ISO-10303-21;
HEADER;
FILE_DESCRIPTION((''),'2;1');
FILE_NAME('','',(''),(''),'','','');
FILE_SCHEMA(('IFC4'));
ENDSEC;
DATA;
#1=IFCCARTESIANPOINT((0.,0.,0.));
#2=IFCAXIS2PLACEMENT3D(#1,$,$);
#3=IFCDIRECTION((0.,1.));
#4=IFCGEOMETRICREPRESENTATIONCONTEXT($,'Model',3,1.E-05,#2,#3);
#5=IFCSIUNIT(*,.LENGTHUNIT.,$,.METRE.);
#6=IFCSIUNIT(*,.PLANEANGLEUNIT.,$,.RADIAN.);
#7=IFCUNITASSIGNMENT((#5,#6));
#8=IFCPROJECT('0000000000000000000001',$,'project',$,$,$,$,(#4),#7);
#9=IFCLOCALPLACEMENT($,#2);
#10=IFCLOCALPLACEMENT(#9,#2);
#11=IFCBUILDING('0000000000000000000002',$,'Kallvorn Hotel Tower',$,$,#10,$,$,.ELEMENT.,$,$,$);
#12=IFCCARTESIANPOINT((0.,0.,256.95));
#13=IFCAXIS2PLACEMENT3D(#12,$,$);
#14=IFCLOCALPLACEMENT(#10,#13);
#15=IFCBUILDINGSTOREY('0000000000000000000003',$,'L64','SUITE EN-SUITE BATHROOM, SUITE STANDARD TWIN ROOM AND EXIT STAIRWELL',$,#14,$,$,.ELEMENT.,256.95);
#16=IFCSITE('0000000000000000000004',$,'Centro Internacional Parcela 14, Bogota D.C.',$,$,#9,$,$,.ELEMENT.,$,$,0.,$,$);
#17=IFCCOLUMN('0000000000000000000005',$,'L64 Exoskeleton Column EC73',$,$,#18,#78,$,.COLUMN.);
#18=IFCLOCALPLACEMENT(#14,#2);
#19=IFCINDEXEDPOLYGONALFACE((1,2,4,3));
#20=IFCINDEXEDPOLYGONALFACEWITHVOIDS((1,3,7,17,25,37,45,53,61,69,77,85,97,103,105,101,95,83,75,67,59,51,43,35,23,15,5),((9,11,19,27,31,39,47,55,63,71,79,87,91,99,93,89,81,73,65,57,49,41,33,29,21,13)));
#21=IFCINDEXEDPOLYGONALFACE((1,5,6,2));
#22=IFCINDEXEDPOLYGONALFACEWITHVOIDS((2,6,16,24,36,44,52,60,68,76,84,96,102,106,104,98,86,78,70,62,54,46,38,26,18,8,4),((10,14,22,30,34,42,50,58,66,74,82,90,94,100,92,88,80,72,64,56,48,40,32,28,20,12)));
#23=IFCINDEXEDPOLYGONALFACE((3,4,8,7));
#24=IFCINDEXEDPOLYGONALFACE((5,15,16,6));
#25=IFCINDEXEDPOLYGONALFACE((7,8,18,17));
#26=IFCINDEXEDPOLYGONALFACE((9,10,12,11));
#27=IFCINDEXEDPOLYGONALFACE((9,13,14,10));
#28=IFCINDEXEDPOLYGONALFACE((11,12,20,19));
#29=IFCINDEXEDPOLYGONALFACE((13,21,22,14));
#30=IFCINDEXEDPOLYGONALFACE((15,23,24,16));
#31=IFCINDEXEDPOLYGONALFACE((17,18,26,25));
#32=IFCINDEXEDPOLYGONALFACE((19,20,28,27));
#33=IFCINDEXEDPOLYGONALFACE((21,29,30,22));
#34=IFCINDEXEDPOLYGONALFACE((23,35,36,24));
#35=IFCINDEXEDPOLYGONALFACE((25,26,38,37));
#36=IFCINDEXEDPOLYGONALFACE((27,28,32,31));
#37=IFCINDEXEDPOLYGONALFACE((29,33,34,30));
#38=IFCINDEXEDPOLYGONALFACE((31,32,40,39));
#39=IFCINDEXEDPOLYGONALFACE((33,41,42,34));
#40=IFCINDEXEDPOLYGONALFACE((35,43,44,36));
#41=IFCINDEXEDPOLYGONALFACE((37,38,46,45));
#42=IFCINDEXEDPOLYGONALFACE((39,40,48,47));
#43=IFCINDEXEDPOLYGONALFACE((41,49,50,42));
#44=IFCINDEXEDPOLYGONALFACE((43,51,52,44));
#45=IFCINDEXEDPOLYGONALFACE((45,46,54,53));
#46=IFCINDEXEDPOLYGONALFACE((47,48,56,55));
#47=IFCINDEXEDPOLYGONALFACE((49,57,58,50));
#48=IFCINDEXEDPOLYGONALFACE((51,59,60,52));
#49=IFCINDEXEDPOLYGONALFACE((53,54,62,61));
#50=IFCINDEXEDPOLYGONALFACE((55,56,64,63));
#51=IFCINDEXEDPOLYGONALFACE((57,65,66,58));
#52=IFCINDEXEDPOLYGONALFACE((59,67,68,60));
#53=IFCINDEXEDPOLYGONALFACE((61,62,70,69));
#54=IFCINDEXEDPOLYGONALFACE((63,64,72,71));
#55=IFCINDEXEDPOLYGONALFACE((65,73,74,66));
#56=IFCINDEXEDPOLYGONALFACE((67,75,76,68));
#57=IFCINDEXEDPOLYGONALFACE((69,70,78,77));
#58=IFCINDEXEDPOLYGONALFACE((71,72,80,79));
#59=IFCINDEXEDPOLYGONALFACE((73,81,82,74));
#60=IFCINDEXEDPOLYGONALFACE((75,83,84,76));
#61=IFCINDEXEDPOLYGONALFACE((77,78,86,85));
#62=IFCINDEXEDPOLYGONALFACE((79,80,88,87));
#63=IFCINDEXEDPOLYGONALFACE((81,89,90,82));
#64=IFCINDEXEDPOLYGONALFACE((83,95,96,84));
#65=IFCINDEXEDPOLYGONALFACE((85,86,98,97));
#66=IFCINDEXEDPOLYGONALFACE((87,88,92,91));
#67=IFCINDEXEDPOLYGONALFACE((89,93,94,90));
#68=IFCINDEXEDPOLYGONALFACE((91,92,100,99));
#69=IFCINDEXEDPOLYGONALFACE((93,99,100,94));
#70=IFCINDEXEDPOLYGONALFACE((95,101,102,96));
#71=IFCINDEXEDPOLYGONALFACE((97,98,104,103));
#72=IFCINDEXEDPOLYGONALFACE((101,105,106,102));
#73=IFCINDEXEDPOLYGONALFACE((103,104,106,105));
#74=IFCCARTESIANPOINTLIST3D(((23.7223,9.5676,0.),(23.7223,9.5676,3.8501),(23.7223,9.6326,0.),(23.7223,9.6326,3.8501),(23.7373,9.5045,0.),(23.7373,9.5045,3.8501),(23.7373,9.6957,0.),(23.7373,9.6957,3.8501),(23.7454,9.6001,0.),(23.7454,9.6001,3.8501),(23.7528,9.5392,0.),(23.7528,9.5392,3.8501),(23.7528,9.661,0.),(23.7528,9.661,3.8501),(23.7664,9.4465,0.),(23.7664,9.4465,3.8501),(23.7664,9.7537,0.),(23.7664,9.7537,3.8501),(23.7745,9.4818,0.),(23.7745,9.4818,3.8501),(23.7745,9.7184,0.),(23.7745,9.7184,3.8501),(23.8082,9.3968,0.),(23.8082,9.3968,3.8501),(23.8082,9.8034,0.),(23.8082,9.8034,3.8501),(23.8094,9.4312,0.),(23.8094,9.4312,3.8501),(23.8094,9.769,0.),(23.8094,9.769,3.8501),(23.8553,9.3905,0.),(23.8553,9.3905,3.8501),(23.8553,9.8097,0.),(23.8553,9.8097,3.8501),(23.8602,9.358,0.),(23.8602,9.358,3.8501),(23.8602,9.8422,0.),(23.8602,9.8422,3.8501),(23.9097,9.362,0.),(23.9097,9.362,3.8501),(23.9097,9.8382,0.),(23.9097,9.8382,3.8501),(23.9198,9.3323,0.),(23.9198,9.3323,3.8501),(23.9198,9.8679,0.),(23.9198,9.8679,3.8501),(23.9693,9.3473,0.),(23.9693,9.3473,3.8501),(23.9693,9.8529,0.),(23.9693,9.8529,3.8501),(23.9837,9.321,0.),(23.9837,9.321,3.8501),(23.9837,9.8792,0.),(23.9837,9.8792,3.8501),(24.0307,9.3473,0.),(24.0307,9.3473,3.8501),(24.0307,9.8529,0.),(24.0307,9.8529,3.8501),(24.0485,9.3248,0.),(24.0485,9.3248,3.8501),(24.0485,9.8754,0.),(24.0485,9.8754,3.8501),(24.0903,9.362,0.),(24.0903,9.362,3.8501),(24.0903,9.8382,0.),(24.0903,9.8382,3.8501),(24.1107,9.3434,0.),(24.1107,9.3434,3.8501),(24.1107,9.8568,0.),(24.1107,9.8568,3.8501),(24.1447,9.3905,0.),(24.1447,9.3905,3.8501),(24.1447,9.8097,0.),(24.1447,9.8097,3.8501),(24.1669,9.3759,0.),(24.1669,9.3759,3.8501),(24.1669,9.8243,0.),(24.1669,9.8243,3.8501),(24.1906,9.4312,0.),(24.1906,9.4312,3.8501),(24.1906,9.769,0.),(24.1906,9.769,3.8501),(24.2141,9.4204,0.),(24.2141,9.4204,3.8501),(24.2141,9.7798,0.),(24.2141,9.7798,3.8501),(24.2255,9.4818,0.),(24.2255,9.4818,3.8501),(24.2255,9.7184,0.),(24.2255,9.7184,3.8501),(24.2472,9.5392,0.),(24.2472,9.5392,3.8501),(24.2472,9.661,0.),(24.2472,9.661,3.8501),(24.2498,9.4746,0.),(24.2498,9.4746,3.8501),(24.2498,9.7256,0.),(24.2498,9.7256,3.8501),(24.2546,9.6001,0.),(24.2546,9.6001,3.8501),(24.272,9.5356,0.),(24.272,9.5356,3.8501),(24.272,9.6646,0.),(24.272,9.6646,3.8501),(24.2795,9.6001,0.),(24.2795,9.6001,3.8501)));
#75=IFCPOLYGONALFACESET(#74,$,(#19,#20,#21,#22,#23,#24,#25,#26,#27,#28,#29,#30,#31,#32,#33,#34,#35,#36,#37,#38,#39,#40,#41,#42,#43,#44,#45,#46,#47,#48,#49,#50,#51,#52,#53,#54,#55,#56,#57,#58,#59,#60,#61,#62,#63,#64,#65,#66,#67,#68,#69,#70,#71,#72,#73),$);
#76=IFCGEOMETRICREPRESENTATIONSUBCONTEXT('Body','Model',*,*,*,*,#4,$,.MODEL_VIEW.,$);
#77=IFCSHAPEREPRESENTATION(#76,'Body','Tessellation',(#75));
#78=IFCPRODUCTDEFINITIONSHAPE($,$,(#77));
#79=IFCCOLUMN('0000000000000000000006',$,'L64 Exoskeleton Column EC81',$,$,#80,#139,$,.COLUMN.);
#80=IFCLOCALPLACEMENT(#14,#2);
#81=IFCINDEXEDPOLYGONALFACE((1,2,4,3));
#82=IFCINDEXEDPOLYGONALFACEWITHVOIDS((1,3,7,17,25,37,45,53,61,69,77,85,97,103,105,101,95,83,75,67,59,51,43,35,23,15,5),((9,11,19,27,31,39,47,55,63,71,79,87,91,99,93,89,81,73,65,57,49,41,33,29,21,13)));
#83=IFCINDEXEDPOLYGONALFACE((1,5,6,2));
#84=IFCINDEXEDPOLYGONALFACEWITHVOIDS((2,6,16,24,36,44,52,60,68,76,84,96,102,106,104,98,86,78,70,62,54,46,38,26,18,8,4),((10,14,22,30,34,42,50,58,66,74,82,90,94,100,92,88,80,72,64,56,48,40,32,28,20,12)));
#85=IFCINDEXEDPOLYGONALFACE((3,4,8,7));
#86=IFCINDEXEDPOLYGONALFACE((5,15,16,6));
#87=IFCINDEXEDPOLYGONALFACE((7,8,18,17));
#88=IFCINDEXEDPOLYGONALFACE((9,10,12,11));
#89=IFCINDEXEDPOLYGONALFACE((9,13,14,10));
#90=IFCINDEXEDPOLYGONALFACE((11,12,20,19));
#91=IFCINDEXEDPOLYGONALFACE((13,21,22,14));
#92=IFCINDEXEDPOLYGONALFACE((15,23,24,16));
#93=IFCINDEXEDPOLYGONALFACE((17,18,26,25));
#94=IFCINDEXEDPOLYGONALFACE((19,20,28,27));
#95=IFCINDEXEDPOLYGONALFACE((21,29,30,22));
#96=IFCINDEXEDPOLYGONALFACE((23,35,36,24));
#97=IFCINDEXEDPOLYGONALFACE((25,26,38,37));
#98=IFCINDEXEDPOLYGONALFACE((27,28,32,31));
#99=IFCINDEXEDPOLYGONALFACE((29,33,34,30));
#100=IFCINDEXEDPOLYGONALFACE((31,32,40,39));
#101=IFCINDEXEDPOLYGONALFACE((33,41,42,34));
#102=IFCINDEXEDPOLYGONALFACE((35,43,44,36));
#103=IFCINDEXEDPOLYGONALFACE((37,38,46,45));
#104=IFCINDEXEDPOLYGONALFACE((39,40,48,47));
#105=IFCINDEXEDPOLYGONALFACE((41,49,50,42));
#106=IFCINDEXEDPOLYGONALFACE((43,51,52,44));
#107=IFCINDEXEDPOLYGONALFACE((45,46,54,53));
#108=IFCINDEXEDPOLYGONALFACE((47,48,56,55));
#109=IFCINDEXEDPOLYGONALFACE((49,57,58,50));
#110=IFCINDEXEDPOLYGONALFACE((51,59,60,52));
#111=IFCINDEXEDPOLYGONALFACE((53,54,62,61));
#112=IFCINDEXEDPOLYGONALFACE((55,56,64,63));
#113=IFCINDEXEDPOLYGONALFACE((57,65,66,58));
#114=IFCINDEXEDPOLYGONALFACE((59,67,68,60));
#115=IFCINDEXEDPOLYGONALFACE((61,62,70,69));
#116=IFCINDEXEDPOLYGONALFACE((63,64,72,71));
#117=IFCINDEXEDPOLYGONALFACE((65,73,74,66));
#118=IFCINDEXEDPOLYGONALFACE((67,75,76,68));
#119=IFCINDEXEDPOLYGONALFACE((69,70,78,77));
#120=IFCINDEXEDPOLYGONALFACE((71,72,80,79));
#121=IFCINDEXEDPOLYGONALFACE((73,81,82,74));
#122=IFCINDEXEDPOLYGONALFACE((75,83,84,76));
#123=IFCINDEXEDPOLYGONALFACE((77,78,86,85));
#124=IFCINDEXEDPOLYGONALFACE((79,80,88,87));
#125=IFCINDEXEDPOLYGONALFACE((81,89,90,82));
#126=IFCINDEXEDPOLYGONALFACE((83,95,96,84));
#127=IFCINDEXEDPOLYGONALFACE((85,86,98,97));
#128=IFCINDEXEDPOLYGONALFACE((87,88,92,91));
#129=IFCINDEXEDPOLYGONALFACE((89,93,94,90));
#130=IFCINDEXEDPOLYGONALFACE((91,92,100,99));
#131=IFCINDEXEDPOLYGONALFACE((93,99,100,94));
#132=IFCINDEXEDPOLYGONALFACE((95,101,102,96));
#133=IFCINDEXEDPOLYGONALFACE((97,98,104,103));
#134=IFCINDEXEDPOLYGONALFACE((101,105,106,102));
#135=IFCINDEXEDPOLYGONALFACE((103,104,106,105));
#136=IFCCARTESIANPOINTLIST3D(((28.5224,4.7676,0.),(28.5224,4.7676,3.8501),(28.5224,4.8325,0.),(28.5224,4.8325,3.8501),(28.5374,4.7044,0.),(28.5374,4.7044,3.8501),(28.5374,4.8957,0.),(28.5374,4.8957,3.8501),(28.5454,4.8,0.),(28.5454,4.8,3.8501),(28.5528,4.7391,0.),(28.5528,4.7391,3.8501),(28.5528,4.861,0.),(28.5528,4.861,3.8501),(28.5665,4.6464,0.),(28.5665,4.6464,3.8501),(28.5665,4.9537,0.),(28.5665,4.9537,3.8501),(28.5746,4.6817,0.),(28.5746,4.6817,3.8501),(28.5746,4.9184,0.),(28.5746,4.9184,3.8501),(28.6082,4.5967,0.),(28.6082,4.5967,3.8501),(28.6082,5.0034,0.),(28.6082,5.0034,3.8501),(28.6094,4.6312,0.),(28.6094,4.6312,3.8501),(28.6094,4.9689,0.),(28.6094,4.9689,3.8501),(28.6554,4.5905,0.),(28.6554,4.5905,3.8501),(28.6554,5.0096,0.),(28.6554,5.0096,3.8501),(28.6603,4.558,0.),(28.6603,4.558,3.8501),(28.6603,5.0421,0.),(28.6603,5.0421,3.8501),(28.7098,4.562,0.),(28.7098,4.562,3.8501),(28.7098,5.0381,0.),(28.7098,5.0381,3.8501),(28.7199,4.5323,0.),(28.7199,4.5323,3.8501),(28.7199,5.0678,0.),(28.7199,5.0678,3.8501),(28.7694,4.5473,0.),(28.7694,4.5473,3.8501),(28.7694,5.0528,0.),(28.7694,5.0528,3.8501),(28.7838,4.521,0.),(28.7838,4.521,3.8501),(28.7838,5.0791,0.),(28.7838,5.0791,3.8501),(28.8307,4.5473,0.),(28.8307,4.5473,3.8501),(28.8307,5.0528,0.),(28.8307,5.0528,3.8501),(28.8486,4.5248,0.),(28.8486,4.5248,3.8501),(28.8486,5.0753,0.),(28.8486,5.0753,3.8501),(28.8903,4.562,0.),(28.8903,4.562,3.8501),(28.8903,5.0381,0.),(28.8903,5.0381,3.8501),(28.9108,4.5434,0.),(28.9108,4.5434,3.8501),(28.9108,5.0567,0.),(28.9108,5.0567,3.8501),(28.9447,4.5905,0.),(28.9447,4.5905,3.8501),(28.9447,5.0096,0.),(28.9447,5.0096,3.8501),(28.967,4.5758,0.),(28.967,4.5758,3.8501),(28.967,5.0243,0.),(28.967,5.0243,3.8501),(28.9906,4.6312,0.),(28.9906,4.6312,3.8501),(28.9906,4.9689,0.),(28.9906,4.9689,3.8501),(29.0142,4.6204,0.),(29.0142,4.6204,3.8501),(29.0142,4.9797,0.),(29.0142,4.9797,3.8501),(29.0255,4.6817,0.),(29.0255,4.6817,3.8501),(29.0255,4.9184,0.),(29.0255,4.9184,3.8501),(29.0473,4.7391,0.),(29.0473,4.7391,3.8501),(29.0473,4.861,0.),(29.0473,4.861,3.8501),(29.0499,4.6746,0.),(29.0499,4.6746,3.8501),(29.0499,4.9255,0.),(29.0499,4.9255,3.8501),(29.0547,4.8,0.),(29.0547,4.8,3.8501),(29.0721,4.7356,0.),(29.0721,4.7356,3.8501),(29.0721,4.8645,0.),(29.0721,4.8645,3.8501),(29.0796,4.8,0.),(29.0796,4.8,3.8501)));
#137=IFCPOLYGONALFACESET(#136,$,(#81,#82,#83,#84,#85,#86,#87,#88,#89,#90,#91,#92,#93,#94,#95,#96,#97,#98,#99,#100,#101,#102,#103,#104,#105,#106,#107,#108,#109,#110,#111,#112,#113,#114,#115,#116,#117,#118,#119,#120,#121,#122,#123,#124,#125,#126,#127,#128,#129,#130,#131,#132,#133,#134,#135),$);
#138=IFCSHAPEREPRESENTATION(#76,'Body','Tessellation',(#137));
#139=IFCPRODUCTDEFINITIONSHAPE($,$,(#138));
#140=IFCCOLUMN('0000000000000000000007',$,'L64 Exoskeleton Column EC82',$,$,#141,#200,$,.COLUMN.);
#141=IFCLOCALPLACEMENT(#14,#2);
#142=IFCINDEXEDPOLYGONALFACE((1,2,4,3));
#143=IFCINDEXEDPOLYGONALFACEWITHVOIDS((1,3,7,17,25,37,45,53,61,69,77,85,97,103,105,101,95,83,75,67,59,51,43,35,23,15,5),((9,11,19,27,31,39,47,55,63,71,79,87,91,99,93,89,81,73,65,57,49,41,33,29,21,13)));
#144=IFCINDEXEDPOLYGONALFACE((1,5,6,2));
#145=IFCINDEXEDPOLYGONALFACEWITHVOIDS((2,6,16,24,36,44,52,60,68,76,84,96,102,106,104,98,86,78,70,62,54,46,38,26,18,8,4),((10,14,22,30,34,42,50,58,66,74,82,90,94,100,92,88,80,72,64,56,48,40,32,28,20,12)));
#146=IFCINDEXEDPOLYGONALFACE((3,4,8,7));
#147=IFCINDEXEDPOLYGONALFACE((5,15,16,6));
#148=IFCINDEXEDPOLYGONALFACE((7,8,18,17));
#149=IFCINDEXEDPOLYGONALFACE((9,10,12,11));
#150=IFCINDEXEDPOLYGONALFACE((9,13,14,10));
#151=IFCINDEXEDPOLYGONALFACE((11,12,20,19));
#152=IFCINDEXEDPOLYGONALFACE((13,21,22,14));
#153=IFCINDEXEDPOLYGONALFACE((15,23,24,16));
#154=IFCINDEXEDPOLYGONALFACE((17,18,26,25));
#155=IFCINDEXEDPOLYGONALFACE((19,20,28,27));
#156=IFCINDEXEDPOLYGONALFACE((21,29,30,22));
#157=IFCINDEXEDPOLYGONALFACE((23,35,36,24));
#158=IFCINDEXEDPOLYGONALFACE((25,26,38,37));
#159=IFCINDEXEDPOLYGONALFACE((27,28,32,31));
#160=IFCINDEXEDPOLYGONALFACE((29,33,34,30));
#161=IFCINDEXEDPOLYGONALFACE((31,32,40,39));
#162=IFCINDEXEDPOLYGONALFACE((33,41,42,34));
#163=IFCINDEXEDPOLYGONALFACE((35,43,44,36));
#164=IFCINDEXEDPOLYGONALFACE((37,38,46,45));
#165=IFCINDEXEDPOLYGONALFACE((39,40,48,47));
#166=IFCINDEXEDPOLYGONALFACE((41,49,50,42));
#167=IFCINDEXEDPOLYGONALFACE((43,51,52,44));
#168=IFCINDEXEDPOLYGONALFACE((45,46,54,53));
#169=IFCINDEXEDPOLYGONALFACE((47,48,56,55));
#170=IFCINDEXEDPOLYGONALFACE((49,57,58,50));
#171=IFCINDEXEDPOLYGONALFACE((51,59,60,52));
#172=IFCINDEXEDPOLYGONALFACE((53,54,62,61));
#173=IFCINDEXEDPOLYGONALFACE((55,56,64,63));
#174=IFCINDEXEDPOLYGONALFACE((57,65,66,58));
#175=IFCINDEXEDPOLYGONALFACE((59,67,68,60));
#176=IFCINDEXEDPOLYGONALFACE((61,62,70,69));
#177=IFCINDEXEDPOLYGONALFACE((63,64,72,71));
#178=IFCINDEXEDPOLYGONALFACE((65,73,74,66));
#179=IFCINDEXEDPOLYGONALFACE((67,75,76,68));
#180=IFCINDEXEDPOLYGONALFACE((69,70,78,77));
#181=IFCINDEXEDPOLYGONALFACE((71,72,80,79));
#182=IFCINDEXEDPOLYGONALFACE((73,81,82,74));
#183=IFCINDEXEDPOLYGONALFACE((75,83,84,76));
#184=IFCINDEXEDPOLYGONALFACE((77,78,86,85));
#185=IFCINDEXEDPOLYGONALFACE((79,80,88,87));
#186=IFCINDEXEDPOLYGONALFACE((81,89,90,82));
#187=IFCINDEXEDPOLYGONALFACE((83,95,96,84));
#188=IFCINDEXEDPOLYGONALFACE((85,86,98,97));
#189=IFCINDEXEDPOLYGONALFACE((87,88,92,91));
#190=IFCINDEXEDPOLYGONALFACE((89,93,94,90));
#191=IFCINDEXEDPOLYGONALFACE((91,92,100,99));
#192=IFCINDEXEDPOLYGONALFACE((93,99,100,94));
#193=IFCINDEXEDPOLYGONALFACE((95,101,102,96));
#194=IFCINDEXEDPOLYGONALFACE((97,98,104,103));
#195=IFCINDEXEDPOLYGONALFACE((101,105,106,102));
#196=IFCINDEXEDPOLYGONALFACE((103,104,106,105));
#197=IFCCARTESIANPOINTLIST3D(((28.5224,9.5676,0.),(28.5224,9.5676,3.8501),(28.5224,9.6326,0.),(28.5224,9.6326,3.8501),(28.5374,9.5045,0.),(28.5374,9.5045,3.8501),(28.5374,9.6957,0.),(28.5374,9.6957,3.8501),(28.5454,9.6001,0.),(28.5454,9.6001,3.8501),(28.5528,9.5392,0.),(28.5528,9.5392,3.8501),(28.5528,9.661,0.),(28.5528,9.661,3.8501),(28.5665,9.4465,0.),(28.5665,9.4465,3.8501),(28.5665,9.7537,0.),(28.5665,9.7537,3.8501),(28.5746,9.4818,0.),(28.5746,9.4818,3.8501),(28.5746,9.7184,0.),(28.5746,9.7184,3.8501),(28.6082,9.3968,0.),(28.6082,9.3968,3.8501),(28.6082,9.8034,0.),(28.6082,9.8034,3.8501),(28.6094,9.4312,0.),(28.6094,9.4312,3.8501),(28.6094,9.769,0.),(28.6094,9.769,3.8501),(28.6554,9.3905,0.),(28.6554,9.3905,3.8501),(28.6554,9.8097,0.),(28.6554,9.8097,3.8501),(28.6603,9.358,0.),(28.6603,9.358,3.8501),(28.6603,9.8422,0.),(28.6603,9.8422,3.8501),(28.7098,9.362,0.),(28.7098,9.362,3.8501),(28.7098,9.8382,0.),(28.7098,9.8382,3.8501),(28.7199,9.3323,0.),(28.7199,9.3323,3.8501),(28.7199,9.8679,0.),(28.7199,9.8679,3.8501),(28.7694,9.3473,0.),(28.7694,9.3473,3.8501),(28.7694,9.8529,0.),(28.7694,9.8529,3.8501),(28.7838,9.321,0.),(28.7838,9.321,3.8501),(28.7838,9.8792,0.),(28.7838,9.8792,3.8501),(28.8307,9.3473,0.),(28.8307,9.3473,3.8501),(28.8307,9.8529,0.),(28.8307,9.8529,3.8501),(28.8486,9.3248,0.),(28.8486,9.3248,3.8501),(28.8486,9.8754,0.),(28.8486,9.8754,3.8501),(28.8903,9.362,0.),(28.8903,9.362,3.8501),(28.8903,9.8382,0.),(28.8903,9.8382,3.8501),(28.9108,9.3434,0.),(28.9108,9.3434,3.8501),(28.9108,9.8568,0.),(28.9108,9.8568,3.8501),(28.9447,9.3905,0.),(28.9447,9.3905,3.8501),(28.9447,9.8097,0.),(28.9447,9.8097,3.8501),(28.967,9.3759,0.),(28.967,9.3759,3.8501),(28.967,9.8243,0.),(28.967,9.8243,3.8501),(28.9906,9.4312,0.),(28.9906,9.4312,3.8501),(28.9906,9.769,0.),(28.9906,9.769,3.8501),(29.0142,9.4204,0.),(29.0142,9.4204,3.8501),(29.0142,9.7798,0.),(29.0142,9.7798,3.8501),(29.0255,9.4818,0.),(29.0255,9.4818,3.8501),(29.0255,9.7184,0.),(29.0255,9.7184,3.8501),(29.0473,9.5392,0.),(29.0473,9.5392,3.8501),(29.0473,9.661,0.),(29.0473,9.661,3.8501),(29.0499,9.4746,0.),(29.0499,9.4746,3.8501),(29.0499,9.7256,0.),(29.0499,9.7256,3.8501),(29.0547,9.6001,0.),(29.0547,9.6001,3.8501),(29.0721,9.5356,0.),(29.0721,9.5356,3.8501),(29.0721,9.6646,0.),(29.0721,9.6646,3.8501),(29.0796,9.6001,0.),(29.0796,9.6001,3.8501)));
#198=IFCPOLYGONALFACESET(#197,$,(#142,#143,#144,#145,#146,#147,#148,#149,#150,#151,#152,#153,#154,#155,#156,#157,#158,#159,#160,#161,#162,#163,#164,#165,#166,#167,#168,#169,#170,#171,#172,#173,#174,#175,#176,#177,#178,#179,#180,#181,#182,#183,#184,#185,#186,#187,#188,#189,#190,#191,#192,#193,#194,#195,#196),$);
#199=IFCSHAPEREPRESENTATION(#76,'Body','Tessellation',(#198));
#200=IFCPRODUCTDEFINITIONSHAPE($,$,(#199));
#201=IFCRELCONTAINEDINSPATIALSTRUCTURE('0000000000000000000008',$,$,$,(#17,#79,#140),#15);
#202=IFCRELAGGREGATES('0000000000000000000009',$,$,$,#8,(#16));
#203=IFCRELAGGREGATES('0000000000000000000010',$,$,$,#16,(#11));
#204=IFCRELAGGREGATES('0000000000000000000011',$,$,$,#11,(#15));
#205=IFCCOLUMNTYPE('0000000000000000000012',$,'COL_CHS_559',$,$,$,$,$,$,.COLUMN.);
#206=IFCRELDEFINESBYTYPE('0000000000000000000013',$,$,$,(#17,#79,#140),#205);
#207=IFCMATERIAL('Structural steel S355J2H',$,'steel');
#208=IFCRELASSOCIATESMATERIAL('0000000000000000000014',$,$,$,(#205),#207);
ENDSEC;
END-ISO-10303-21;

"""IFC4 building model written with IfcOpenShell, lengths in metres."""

from ifc_helpers import new_model, si_unit, direction, frame, origin, origin_2d, place, context, subcontext, project, spatial, hollow_circle, extrude, material, material_profile, profile_set, type_object, element, save


model = new_model("IFC4")

# Units and contexts
model_context = context("Model", 3, precision=1e-05, world=origin(), true_north=direction((0.0, 1.0)))
body_context = subcontext(model_context, "Body", "Model", "MODEL_VIEW")
ifc_project = project(units=[si_unit("LENGTHUNIT", "METRE"), si_unit("PLANEANGLEUNIT", "RADIAN")], contexts=[model_context])

# Site, building, storey
site_placement = place(None, origin())
site = spatial("IfcSite", under=ifc_project, at=site_placement, Name="Centro Internacional Parcela 14, Bogota D.C.", CompositionType="ELEMENT", RefElevation=0.0)
building_placement = place(site_placement, origin())
building = spatial("IfcBuilding", under=site, at=building_placement, Name="Kallvorn Hotel Tower", CompositionType="ELEMENT")
storey_placement = place(building_placement, frame((0.0, 0.0, 256.95)))
storey = spatial("IfcBuildingStorey", under=building, at=storey_placement, Name="L64", Description="SUITE EN-SUITE BATHROOM, SUITE STANDARD TWIN ROOM AND EXIT STAIRWELL", CompositionType="ELEMENT", Elevation=256.95)

# Columns
ifc_material_1 = material(Name="Structural steel S355J2H", Category="steel")
ifc_material_profile_1 = material_profile(ifc_material_1, hollow_circle(Radius=0.2795, WallThickness=0.0249, at=origin_2d()), Name="CHS 559x25")
ifc_profile_set_1 = profile_set([ifc_material_profile_1], Name="Structural steel S355J2H")
column_type_1 = type_object("IfcColumnType", Name="COL_CHS_559", PredefinedType="COLUMN", material=ifc_profile_set_1)
for number, where, z_axis, x_axis, name in (
    (1, (24.0, 9.6001, 0.0), (0.0, 0.0, 1.0), (1.0, 0.0, 0.0), "L64 Exoskeleton Column EC73"),
    (2, (28.8, 4.8, 0.0), (0.0, 0.0, 1.0), (1.0, 0.0, 0.0), "L64 Exoskeleton Column EC81"),
    (3, (28.8, 9.6001, 0.0), (0.0, 0.0, 1.0), (1.0, 0.0, 0.0), "L64 Exoskeleton Column EC82"),
):
    element("IfcColumn", number, at=place(storey_placement, frame(where, z_axis=z_axis, x_axis=x_axis)), inside=storey, type_object=column_type_1, Name=name, PredefinedType="COLUMN", context=body_context, shape_type="SweptSolid", body=[
        extrude(hollow_circle(Radius=0.2795, WallThickness=0.0249, at=origin_2d()), origin(), (0.0, 0.0, 1.0), 3.8501),
    ])

save(model, "model.ifc")
